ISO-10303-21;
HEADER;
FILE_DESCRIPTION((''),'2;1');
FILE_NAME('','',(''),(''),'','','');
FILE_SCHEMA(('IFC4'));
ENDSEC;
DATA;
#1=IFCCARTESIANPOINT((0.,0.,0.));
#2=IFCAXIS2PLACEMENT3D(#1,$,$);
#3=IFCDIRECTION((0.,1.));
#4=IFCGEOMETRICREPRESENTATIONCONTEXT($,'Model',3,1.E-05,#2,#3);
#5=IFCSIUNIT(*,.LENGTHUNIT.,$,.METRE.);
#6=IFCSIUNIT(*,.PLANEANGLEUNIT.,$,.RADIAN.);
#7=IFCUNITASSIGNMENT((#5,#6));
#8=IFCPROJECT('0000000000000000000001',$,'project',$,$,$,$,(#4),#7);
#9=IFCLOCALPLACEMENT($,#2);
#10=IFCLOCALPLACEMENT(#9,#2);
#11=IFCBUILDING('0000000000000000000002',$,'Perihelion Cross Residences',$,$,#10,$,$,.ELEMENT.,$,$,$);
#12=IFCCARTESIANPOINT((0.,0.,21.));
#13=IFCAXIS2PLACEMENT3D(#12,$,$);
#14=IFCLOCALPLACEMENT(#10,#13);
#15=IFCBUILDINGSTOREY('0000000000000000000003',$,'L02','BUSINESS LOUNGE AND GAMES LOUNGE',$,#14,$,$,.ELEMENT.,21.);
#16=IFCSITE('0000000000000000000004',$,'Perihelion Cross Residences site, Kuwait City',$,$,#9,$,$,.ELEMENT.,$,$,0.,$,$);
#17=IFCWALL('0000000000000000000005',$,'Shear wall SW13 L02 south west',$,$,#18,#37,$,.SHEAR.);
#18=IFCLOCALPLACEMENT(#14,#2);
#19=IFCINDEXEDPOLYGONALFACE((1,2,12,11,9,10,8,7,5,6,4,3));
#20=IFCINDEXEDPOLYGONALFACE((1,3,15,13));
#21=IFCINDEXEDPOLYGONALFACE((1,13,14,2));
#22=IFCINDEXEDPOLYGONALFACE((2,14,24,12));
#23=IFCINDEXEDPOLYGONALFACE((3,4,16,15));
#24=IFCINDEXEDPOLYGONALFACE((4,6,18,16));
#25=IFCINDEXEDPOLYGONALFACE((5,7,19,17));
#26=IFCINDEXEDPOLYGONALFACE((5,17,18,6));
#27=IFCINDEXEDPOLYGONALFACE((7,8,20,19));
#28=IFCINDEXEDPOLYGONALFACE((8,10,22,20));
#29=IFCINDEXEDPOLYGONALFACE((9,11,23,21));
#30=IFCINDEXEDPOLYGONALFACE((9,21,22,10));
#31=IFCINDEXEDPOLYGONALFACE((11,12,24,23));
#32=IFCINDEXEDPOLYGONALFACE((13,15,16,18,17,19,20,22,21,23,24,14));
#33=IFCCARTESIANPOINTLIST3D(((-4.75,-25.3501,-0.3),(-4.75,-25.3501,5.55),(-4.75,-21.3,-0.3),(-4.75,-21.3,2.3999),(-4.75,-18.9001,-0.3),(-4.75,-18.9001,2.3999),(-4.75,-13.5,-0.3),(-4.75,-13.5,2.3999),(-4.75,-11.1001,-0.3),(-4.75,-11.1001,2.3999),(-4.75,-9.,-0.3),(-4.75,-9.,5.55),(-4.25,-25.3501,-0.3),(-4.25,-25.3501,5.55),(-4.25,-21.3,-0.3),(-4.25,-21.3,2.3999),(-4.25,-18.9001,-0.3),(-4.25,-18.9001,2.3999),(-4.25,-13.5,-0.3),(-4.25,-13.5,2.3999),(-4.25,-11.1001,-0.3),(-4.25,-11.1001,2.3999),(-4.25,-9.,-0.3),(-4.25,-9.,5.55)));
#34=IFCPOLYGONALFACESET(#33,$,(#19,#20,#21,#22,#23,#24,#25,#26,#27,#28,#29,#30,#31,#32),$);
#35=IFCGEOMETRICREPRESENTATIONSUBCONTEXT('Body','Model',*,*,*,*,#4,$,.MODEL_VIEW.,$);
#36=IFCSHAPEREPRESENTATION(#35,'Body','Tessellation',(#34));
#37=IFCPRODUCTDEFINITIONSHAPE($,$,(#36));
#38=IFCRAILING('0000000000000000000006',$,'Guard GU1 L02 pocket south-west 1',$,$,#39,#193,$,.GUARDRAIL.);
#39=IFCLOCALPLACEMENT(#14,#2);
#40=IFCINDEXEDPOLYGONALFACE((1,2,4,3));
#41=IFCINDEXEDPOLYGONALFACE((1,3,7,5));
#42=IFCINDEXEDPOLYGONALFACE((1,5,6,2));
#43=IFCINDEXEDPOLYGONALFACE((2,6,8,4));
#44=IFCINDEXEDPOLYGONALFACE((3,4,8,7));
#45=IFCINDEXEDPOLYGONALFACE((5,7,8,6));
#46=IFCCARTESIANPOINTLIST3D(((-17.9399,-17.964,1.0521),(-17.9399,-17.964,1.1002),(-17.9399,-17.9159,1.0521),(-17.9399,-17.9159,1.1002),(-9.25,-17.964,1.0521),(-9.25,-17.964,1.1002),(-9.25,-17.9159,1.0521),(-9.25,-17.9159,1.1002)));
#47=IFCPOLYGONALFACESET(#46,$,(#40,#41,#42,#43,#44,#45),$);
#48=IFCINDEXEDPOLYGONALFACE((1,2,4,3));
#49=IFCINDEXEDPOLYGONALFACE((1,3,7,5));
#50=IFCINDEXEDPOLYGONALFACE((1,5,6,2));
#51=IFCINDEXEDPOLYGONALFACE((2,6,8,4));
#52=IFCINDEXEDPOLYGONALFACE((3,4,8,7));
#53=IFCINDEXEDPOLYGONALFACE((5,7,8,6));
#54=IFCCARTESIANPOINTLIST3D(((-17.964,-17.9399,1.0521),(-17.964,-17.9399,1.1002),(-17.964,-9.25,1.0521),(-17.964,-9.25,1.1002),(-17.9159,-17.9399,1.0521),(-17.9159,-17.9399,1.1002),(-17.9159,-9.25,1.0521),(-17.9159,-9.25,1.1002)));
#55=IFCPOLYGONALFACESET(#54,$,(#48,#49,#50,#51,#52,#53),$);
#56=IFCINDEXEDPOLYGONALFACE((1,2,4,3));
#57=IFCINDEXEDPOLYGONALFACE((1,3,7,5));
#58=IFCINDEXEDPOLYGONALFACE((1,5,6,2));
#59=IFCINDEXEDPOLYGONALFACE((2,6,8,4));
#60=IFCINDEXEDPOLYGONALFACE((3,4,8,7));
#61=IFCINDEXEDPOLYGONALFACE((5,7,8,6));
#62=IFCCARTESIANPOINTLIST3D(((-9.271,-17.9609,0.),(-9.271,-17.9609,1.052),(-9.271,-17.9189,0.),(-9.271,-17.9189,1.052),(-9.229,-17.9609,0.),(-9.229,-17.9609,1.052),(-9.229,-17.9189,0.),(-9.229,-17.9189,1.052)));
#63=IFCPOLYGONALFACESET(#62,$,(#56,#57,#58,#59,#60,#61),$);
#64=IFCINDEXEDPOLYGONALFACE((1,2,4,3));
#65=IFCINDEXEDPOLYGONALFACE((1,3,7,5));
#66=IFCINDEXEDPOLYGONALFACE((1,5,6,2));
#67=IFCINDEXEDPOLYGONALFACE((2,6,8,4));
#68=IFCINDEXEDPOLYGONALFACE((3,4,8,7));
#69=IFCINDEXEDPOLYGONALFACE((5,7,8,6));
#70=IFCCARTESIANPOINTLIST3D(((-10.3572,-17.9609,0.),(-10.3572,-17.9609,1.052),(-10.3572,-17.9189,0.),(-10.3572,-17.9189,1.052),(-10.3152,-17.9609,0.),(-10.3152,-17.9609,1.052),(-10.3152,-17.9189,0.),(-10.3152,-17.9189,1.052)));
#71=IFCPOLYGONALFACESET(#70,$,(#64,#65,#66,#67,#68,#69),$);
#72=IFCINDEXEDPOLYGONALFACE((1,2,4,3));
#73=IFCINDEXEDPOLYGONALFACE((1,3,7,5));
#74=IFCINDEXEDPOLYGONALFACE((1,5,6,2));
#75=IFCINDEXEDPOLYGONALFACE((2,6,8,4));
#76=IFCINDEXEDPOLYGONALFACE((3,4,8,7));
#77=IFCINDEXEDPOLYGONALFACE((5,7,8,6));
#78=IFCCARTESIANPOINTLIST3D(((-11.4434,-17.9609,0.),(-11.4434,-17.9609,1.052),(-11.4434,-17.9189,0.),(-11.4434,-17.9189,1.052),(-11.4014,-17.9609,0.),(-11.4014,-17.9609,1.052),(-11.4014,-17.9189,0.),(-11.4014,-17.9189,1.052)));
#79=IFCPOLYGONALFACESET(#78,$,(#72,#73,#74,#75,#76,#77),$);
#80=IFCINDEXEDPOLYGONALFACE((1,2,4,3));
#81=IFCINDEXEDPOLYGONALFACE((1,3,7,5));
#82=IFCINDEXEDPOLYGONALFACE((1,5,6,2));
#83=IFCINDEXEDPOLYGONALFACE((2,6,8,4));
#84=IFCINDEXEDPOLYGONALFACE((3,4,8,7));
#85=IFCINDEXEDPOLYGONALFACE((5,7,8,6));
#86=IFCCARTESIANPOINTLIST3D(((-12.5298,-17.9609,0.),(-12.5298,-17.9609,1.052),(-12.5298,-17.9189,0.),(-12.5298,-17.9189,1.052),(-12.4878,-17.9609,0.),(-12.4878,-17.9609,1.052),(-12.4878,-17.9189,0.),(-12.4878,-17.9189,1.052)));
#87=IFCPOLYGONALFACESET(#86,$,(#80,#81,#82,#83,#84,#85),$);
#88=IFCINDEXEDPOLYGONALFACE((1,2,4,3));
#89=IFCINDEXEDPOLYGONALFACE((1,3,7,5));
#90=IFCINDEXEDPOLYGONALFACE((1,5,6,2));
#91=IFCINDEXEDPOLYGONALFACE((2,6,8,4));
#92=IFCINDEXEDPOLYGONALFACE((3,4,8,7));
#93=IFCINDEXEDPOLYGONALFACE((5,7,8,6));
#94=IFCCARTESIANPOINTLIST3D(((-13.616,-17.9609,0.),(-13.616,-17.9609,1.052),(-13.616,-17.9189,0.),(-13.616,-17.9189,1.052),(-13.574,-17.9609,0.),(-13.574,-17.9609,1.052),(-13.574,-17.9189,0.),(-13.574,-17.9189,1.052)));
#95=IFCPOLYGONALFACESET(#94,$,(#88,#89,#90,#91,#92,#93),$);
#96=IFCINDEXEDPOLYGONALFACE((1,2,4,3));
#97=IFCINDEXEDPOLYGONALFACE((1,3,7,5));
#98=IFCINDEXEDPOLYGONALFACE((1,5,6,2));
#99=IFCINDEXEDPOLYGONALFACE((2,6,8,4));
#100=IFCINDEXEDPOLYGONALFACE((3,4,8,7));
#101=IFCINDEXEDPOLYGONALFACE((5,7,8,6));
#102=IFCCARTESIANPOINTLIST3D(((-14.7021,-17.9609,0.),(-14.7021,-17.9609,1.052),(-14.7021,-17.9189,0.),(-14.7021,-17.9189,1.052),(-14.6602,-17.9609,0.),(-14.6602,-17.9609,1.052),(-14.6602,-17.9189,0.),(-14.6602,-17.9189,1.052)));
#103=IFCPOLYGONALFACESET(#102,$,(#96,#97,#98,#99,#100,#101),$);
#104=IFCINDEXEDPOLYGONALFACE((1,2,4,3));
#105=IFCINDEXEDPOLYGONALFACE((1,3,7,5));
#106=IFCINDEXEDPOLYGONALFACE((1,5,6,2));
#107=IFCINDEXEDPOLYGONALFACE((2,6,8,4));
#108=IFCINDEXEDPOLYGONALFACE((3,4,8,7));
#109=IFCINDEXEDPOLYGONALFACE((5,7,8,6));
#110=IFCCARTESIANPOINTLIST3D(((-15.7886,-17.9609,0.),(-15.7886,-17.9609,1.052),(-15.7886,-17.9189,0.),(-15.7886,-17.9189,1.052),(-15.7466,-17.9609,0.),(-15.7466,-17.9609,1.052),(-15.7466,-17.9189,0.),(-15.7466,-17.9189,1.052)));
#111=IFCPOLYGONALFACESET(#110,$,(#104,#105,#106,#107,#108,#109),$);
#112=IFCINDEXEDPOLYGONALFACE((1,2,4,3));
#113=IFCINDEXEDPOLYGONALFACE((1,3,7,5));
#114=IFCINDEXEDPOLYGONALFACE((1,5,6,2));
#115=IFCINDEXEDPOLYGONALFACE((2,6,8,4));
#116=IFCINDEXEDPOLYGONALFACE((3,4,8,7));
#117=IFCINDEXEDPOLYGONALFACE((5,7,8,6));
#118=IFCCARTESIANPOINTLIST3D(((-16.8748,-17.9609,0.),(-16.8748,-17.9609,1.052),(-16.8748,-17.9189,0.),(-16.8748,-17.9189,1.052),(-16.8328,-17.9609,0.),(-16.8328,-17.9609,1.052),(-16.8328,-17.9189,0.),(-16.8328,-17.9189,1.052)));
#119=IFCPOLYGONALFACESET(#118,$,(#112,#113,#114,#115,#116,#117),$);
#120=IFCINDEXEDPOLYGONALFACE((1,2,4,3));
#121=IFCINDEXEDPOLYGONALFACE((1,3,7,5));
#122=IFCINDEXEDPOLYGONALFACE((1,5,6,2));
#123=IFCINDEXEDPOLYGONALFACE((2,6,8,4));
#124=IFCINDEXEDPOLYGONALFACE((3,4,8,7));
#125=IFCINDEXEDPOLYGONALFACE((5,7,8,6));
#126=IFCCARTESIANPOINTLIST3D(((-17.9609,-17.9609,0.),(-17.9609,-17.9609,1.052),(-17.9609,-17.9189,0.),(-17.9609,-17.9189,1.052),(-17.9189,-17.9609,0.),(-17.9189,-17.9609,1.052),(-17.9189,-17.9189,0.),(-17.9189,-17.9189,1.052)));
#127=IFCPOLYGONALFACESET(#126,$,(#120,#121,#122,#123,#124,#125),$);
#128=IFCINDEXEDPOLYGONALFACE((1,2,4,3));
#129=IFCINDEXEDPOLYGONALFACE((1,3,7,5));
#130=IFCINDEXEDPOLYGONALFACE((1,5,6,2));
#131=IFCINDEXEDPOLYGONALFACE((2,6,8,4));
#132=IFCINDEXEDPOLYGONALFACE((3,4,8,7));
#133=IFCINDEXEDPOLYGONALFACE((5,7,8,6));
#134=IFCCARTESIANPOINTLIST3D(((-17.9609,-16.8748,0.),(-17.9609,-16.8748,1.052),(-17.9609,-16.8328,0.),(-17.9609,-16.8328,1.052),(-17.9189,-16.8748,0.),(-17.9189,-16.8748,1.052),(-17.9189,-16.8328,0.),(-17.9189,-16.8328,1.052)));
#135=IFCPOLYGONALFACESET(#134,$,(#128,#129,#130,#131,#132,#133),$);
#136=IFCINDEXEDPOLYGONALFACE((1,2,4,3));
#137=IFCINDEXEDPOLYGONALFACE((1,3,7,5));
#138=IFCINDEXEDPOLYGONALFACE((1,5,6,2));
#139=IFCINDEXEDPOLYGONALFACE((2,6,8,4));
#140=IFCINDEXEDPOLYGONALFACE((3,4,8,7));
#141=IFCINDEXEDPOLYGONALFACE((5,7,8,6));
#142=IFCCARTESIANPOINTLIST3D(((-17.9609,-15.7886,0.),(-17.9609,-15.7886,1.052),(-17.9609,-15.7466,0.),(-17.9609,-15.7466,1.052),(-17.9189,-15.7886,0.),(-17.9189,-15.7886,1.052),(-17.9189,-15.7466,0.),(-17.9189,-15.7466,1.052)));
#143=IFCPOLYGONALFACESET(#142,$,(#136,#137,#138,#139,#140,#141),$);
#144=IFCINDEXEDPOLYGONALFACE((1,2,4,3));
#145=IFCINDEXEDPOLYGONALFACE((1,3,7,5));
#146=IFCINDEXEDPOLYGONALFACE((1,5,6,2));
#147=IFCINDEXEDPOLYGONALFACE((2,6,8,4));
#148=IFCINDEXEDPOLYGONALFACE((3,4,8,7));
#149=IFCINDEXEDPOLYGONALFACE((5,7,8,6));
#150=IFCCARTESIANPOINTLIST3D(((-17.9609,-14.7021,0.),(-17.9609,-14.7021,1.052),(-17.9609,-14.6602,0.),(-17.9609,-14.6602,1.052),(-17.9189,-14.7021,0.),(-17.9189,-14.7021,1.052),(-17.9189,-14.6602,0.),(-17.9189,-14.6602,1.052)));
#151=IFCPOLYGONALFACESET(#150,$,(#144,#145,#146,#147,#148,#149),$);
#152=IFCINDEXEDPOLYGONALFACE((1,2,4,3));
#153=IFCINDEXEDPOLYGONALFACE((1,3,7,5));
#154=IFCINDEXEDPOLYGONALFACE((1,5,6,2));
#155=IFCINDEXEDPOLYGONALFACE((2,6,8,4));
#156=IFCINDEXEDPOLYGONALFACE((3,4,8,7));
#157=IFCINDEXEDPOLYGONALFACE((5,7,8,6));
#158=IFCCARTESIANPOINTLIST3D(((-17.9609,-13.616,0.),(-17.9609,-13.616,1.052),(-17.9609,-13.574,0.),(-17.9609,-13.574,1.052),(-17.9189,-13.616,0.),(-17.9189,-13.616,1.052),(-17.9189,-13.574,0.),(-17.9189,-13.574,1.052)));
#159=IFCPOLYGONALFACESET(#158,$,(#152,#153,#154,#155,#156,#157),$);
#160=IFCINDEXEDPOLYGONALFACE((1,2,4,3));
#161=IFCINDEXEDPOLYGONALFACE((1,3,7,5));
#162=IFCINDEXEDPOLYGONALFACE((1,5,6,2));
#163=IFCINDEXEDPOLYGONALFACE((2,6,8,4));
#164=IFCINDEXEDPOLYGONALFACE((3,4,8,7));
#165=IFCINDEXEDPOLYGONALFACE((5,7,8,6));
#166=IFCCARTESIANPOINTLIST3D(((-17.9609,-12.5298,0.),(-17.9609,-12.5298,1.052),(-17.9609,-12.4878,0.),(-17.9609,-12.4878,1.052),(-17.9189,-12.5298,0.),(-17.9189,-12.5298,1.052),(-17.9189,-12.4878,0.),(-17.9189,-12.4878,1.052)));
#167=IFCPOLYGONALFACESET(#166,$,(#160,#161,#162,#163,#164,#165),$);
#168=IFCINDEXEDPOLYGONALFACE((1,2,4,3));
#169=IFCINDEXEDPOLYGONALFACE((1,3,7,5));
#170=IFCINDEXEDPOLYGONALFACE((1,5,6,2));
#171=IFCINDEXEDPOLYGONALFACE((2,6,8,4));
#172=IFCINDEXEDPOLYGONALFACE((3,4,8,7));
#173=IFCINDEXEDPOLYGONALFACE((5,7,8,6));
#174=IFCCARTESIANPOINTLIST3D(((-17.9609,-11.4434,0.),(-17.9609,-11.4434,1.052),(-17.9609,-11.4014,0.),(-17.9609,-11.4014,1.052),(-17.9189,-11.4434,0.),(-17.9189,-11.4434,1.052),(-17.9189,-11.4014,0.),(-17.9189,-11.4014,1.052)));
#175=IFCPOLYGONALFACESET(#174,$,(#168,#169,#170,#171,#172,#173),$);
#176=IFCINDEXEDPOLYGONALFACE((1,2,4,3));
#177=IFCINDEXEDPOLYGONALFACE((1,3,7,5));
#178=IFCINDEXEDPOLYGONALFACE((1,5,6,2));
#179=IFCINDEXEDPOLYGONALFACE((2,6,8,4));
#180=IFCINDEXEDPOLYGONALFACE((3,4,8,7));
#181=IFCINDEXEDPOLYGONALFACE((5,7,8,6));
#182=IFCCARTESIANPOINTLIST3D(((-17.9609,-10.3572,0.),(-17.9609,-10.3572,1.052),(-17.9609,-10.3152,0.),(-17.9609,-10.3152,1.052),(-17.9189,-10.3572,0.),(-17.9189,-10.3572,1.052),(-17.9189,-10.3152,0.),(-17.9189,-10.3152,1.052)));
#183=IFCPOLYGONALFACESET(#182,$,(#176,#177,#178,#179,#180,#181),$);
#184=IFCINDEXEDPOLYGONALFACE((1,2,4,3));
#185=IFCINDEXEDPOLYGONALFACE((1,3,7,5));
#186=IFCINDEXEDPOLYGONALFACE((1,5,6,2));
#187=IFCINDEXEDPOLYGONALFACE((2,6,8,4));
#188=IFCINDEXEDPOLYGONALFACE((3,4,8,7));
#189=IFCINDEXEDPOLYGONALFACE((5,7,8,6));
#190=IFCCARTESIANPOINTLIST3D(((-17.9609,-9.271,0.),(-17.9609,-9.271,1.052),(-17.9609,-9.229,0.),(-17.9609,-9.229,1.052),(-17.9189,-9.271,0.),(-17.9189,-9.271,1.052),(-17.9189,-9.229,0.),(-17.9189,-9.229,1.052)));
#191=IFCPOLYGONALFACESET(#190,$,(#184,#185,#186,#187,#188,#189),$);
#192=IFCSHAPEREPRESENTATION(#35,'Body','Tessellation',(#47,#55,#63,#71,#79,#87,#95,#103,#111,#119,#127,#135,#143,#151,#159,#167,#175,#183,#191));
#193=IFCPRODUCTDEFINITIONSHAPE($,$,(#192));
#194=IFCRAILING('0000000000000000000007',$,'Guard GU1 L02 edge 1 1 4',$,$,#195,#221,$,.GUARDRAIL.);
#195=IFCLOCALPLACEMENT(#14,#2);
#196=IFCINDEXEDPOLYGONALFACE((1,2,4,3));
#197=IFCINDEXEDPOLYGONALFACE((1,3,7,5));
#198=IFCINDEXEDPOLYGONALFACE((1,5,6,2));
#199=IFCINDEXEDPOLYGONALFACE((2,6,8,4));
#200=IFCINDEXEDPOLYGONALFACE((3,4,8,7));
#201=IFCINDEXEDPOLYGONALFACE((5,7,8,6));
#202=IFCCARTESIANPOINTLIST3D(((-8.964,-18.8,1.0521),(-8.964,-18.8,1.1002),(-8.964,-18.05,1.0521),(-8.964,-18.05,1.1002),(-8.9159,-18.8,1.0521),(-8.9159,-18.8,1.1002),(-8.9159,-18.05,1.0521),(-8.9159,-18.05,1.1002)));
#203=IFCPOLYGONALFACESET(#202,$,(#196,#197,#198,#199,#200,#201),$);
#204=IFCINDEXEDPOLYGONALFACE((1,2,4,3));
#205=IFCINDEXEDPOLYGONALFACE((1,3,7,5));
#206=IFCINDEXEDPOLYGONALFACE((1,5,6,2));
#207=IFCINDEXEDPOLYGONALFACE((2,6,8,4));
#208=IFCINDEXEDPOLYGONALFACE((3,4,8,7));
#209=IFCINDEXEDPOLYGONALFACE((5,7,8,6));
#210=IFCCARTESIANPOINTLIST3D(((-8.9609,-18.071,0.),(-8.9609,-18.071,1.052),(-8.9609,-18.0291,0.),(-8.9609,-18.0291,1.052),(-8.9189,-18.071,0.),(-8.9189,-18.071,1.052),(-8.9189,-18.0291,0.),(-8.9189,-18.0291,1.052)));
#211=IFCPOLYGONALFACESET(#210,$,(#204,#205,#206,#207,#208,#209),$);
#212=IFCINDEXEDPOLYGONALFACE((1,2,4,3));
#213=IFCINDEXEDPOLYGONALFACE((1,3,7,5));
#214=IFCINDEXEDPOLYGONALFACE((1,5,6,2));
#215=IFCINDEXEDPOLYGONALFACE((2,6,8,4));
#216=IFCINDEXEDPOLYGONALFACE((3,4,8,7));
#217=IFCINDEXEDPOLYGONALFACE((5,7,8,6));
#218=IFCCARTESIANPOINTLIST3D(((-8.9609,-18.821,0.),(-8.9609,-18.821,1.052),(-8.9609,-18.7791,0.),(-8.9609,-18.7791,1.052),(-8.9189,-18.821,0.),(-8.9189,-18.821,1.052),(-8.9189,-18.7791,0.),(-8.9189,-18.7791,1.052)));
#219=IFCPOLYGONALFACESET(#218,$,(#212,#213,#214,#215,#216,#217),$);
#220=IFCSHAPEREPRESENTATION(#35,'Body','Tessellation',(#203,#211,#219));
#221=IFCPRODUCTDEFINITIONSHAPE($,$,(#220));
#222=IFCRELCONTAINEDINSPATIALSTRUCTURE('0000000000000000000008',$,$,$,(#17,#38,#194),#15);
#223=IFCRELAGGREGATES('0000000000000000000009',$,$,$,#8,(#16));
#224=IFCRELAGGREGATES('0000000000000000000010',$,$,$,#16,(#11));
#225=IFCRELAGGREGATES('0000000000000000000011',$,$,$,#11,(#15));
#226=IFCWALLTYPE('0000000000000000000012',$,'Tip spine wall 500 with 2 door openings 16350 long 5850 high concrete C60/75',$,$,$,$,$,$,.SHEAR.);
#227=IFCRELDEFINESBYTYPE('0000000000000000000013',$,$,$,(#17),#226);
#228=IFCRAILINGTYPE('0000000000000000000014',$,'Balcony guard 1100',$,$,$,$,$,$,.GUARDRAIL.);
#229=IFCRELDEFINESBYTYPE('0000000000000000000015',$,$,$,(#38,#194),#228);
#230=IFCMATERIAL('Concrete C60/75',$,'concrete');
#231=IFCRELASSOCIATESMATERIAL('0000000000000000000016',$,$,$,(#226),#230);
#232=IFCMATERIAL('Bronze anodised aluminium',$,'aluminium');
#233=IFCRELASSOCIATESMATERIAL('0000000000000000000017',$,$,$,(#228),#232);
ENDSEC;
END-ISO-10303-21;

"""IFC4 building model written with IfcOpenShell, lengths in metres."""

from ifc_helpers import new_model, si_unit, direction, frame, origin, origin_2d, place, context, subcontext, project, spatial, polyline, rectangle, outline, extrude, material, material_profile, profile_set, type_object, element, save


model = new_model("IFC4")

# Units and contexts
model_context = context("Model", 3, precision=1e-05, world=origin(), true_north=direction((0.0, 1.0)))
body_context = subcontext(model_context, "Body", "Model", "MODEL_VIEW")
ifc_project = project(units=[si_unit("LENGTHUNIT", "METRE"), si_unit("PLANEANGLEUNIT", "RADIAN")], contexts=[model_context])

# Site, building, storey
site_placement = place(None, origin())
site = spatial("IfcSite", under=ifc_project, at=site_placement, Name="Perihelion Cross Residences site, Kuwait City", CompositionType="ELEMENT", RefElevation=0.0)
building_placement = place(site_placement, origin())
building = spatial("IfcBuilding", under=site, at=building_placement, Name="Perihelion Cross Residences", CompositionType="ELEMENT")
storey_placement = place(building_placement, frame((0.0, 0.0, 21.0)))
storey = spatial("IfcBuildingStorey", under=building, at=storey_placement, Name="L02", Description="BUSINESS LOUNGE AND GAMES LOUNGE", CompositionType="ELEMENT", Elevation=21.0)

# Wall
ifc_material_1 = material(Name="Concrete C60/75", Category="concrete")
ifc_material_profile_1 = material_profile(ifc_material_1, outline(polyline([(0.0, 0.0), (4.05, 0.0), (4.05, 2.7), (6.45, 2.7), (6.45, 0.0), (11.8501, 0.0), (11.8501, 2.7), (14.25, 2.7), (14.25, 0.0), (16.3501, 0.0), (16.3501, 5.8501), (0.0, 5.8501), (0.0, 0.0)])), Name="Tip spine wall")
ifc_profile_set_1 = profile_set([ifc_material_profile_1], Name="Concrete C60/75")
wall_type_1 = type_object("IfcWallType", Name="Tip spine wall 500 with 2 door openings 16350 long 5850 high concrete C60/75", PredefinedType="SHEAR", material=ifc_profile_set_1)
wall_1_placement = place(storey_placement, frame((-4.75, -25.3501, -0.3), z_axis=(1.0, 0.0, 0.0), x_axis=(0.0, 1.0, 0.0)))
element("IfcWall", 1, at=wall_1_placement, inside=storey, type_object=wall_type_1, Name="Shear wall SW13 L02 south west", PredefinedType="SHEAR", context=body_context, shape_type="SweptSolid", body=[
    extrude(outline(polyline([(0.0, 0.0), (4.05, 0.0), (4.05, 2.7), (6.45, 2.7), (6.45, 0.0), (11.8501, 0.0), (11.8501, 2.7), (14.25, 2.7), (14.25, 0.0), (16.3501, 0.0), (16.3501, 5.8501), (0.0, 5.8501), (0.0, 0.0)])), origin(), (0.0, 0.0, 1.0), 0.5),
])

# Railings
ifc_material_2 = material(Name="Bronze anodised aluminium", Category="aluminium")
railing_type = type_object("IfcRailingType", Name="Balcony guard 1100", PredefinedType="GUARDRAIL", material=ifc_material_2)
railing_1_placement = place(storey_placement, frame((-9.25, -17.9399, 0.0)))
element("IfcRailing", 2, at=railing_1_placement, inside=storey, type_object=railing_type, Name="Guard GU1 L02 pocket south-west 1", PredefinedType="GUARDRAIL", context=body_context, shape_type="SweptSolid", body=[
    extrude(rectangle(XDim=0.0481, YDim=0.0481, at=origin_2d()), frame((0.0, 0.0, 1.0762), z_axis=(-1.0, 0.0, 0.0), x_axis=(0.0, -1.0, 0.0)), (0.0, 0.0, 1.0), 8.6899),
    extrude(rectangle(XDim=0.0481, YDim=0.0481, at=origin_2d()), frame((-8.6899, 0.0, 1.0762), z_axis=(0.0, 1.0, 0.0), x_axis=(-1.0, 0.0, 0.0)), (0.0, 0.0, 1.0), 8.6899),
    extrude(rectangle(XDim=0.042, YDim=0.042, at=origin_2d()), origin(), (0.0, 0.0, 1.0), 1.052),
    extrude(rectangle(XDim=0.042, YDim=0.042, at=origin_2d()), frame((-1.0862, 0.0, 0.0)), (0.0, 0.0, 1.0), 1.052),
    extrude(rectangle(XDim=0.042, YDim=0.042, at=origin_2d()), frame((-2.1724, 0.0, 0.0)), (0.0, 0.0, 1.0), 1.052),
    extrude(rectangle(XDim=0.042, YDim=0.042, at=origin_2d()), frame((-3.2588, 0.0, 0.0)), (0.0, 0.0, 1.0), 1.052),
    extrude(rectangle(XDim=0.042, YDim=0.042, at=origin_2d()), frame((-4.345, 0.0, 0.0)), (0.0, 0.0, 1.0), 1.052),
    extrude(rectangle(XDim=0.042, YDim=0.042, at=origin_2d()), frame((-5.4312, 0.0, 0.0)), (0.0, 0.0, 1.0), 1.052),
    extrude(rectangle(XDim=0.042, YDim=0.042, at=origin_2d()), frame((-6.5176, 0.0, 0.0)), (0.0, 0.0, 1.0), 1.052),
    extrude(rectangle(XDim=0.042, YDim=0.042, at=origin_2d()), frame((-7.6038, 0.0, 0.0)), (0.0, 0.0, 1.0), 1.052),
    extrude(rectangle(XDim=0.042, YDim=0.042, at=origin_2d()), frame((-8.6899, 0.0, 0.0)), (0.0, 0.0, 1.0), 1.052),
    extrude(rectangle(XDim=0.042, YDim=0.042, at=origin_2d()), frame((-8.6899, 1.0862, 0.0)), (0.0, 0.0, 1.0), 1.052),
    extrude(rectangle(XDim=0.042, YDim=0.042, at=origin_2d()), frame((-8.6899, 2.1724, 0.0)), (0.0, 0.0, 1.0), 1.052),
    extrude(rectangle(XDim=0.042, YDim=0.042, at=origin_2d()), frame((-8.6899, 3.2588, 0.0)), (0.0, 0.0, 1.0), 1.052),
    extrude(rectangle(XDim=0.042, YDim=0.042, at=origin_2d()), frame((-8.6899, 4.345, 0.0)), (0.0, 0.0, 1.0), 1.052),
    extrude(rectangle(XDim=0.042, YDim=0.042, at=origin_2d()), frame((-8.6899, 5.4312, 0.0)), (0.0, 0.0, 1.0), 1.052),
    extrude(rectangle(XDim=0.042, YDim=0.042, at=origin_2d()), frame((-8.6899, 6.5176, 0.0)), (0.0, 0.0, 1.0), 1.052),
    extrude(rectangle(XDim=0.042, YDim=0.042, at=origin_2d()), frame((-8.6899, 7.6038, 0.0)), (0.0, 0.0, 1.0), 1.052),
    extrude(rectangle(XDim=0.042, YDim=0.042, at=origin_2d()), frame((-8.6899, 8.6899, 0.0)), (0.0, 0.0, 1.0), 1.052),
])
railing_2_placement = place(storey_placement, frame((-8.9399, -18.05, 0.0)))
element("IfcRailing", 3, at=railing_2_placement, inside=storey, type_object=railing_type, Name="Guard GU1 L02 edge 1 1 4", PredefinedType="GUARDRAIL", context=body_context, shape_type="SweptSolid", body=[
    extrude(rectangle(XDim=0.0481, YDim=0.0481, at=origin_2d()), frame((0.0, 0.0, 1.0762), z_axis=(0.0, -1.0, 0.0), x_axis=(1.0, 0.0, 0.0)), (0.0, 0.0, 1.0), 0.75),
    extrude(rectangle(XDim=0.042, YDim=0.042, at=origin_2d()), origin(), (0.0, 0.0, 1.0), 1.052),
    extrude(rectangle(XDim=0.042, YDim=0.042, at=origin_2d()), frame((0.0, -0.75, 0.0)), (0.0, 0.0, 1.0), 1.052),
])

save(model, "model.ifc")
